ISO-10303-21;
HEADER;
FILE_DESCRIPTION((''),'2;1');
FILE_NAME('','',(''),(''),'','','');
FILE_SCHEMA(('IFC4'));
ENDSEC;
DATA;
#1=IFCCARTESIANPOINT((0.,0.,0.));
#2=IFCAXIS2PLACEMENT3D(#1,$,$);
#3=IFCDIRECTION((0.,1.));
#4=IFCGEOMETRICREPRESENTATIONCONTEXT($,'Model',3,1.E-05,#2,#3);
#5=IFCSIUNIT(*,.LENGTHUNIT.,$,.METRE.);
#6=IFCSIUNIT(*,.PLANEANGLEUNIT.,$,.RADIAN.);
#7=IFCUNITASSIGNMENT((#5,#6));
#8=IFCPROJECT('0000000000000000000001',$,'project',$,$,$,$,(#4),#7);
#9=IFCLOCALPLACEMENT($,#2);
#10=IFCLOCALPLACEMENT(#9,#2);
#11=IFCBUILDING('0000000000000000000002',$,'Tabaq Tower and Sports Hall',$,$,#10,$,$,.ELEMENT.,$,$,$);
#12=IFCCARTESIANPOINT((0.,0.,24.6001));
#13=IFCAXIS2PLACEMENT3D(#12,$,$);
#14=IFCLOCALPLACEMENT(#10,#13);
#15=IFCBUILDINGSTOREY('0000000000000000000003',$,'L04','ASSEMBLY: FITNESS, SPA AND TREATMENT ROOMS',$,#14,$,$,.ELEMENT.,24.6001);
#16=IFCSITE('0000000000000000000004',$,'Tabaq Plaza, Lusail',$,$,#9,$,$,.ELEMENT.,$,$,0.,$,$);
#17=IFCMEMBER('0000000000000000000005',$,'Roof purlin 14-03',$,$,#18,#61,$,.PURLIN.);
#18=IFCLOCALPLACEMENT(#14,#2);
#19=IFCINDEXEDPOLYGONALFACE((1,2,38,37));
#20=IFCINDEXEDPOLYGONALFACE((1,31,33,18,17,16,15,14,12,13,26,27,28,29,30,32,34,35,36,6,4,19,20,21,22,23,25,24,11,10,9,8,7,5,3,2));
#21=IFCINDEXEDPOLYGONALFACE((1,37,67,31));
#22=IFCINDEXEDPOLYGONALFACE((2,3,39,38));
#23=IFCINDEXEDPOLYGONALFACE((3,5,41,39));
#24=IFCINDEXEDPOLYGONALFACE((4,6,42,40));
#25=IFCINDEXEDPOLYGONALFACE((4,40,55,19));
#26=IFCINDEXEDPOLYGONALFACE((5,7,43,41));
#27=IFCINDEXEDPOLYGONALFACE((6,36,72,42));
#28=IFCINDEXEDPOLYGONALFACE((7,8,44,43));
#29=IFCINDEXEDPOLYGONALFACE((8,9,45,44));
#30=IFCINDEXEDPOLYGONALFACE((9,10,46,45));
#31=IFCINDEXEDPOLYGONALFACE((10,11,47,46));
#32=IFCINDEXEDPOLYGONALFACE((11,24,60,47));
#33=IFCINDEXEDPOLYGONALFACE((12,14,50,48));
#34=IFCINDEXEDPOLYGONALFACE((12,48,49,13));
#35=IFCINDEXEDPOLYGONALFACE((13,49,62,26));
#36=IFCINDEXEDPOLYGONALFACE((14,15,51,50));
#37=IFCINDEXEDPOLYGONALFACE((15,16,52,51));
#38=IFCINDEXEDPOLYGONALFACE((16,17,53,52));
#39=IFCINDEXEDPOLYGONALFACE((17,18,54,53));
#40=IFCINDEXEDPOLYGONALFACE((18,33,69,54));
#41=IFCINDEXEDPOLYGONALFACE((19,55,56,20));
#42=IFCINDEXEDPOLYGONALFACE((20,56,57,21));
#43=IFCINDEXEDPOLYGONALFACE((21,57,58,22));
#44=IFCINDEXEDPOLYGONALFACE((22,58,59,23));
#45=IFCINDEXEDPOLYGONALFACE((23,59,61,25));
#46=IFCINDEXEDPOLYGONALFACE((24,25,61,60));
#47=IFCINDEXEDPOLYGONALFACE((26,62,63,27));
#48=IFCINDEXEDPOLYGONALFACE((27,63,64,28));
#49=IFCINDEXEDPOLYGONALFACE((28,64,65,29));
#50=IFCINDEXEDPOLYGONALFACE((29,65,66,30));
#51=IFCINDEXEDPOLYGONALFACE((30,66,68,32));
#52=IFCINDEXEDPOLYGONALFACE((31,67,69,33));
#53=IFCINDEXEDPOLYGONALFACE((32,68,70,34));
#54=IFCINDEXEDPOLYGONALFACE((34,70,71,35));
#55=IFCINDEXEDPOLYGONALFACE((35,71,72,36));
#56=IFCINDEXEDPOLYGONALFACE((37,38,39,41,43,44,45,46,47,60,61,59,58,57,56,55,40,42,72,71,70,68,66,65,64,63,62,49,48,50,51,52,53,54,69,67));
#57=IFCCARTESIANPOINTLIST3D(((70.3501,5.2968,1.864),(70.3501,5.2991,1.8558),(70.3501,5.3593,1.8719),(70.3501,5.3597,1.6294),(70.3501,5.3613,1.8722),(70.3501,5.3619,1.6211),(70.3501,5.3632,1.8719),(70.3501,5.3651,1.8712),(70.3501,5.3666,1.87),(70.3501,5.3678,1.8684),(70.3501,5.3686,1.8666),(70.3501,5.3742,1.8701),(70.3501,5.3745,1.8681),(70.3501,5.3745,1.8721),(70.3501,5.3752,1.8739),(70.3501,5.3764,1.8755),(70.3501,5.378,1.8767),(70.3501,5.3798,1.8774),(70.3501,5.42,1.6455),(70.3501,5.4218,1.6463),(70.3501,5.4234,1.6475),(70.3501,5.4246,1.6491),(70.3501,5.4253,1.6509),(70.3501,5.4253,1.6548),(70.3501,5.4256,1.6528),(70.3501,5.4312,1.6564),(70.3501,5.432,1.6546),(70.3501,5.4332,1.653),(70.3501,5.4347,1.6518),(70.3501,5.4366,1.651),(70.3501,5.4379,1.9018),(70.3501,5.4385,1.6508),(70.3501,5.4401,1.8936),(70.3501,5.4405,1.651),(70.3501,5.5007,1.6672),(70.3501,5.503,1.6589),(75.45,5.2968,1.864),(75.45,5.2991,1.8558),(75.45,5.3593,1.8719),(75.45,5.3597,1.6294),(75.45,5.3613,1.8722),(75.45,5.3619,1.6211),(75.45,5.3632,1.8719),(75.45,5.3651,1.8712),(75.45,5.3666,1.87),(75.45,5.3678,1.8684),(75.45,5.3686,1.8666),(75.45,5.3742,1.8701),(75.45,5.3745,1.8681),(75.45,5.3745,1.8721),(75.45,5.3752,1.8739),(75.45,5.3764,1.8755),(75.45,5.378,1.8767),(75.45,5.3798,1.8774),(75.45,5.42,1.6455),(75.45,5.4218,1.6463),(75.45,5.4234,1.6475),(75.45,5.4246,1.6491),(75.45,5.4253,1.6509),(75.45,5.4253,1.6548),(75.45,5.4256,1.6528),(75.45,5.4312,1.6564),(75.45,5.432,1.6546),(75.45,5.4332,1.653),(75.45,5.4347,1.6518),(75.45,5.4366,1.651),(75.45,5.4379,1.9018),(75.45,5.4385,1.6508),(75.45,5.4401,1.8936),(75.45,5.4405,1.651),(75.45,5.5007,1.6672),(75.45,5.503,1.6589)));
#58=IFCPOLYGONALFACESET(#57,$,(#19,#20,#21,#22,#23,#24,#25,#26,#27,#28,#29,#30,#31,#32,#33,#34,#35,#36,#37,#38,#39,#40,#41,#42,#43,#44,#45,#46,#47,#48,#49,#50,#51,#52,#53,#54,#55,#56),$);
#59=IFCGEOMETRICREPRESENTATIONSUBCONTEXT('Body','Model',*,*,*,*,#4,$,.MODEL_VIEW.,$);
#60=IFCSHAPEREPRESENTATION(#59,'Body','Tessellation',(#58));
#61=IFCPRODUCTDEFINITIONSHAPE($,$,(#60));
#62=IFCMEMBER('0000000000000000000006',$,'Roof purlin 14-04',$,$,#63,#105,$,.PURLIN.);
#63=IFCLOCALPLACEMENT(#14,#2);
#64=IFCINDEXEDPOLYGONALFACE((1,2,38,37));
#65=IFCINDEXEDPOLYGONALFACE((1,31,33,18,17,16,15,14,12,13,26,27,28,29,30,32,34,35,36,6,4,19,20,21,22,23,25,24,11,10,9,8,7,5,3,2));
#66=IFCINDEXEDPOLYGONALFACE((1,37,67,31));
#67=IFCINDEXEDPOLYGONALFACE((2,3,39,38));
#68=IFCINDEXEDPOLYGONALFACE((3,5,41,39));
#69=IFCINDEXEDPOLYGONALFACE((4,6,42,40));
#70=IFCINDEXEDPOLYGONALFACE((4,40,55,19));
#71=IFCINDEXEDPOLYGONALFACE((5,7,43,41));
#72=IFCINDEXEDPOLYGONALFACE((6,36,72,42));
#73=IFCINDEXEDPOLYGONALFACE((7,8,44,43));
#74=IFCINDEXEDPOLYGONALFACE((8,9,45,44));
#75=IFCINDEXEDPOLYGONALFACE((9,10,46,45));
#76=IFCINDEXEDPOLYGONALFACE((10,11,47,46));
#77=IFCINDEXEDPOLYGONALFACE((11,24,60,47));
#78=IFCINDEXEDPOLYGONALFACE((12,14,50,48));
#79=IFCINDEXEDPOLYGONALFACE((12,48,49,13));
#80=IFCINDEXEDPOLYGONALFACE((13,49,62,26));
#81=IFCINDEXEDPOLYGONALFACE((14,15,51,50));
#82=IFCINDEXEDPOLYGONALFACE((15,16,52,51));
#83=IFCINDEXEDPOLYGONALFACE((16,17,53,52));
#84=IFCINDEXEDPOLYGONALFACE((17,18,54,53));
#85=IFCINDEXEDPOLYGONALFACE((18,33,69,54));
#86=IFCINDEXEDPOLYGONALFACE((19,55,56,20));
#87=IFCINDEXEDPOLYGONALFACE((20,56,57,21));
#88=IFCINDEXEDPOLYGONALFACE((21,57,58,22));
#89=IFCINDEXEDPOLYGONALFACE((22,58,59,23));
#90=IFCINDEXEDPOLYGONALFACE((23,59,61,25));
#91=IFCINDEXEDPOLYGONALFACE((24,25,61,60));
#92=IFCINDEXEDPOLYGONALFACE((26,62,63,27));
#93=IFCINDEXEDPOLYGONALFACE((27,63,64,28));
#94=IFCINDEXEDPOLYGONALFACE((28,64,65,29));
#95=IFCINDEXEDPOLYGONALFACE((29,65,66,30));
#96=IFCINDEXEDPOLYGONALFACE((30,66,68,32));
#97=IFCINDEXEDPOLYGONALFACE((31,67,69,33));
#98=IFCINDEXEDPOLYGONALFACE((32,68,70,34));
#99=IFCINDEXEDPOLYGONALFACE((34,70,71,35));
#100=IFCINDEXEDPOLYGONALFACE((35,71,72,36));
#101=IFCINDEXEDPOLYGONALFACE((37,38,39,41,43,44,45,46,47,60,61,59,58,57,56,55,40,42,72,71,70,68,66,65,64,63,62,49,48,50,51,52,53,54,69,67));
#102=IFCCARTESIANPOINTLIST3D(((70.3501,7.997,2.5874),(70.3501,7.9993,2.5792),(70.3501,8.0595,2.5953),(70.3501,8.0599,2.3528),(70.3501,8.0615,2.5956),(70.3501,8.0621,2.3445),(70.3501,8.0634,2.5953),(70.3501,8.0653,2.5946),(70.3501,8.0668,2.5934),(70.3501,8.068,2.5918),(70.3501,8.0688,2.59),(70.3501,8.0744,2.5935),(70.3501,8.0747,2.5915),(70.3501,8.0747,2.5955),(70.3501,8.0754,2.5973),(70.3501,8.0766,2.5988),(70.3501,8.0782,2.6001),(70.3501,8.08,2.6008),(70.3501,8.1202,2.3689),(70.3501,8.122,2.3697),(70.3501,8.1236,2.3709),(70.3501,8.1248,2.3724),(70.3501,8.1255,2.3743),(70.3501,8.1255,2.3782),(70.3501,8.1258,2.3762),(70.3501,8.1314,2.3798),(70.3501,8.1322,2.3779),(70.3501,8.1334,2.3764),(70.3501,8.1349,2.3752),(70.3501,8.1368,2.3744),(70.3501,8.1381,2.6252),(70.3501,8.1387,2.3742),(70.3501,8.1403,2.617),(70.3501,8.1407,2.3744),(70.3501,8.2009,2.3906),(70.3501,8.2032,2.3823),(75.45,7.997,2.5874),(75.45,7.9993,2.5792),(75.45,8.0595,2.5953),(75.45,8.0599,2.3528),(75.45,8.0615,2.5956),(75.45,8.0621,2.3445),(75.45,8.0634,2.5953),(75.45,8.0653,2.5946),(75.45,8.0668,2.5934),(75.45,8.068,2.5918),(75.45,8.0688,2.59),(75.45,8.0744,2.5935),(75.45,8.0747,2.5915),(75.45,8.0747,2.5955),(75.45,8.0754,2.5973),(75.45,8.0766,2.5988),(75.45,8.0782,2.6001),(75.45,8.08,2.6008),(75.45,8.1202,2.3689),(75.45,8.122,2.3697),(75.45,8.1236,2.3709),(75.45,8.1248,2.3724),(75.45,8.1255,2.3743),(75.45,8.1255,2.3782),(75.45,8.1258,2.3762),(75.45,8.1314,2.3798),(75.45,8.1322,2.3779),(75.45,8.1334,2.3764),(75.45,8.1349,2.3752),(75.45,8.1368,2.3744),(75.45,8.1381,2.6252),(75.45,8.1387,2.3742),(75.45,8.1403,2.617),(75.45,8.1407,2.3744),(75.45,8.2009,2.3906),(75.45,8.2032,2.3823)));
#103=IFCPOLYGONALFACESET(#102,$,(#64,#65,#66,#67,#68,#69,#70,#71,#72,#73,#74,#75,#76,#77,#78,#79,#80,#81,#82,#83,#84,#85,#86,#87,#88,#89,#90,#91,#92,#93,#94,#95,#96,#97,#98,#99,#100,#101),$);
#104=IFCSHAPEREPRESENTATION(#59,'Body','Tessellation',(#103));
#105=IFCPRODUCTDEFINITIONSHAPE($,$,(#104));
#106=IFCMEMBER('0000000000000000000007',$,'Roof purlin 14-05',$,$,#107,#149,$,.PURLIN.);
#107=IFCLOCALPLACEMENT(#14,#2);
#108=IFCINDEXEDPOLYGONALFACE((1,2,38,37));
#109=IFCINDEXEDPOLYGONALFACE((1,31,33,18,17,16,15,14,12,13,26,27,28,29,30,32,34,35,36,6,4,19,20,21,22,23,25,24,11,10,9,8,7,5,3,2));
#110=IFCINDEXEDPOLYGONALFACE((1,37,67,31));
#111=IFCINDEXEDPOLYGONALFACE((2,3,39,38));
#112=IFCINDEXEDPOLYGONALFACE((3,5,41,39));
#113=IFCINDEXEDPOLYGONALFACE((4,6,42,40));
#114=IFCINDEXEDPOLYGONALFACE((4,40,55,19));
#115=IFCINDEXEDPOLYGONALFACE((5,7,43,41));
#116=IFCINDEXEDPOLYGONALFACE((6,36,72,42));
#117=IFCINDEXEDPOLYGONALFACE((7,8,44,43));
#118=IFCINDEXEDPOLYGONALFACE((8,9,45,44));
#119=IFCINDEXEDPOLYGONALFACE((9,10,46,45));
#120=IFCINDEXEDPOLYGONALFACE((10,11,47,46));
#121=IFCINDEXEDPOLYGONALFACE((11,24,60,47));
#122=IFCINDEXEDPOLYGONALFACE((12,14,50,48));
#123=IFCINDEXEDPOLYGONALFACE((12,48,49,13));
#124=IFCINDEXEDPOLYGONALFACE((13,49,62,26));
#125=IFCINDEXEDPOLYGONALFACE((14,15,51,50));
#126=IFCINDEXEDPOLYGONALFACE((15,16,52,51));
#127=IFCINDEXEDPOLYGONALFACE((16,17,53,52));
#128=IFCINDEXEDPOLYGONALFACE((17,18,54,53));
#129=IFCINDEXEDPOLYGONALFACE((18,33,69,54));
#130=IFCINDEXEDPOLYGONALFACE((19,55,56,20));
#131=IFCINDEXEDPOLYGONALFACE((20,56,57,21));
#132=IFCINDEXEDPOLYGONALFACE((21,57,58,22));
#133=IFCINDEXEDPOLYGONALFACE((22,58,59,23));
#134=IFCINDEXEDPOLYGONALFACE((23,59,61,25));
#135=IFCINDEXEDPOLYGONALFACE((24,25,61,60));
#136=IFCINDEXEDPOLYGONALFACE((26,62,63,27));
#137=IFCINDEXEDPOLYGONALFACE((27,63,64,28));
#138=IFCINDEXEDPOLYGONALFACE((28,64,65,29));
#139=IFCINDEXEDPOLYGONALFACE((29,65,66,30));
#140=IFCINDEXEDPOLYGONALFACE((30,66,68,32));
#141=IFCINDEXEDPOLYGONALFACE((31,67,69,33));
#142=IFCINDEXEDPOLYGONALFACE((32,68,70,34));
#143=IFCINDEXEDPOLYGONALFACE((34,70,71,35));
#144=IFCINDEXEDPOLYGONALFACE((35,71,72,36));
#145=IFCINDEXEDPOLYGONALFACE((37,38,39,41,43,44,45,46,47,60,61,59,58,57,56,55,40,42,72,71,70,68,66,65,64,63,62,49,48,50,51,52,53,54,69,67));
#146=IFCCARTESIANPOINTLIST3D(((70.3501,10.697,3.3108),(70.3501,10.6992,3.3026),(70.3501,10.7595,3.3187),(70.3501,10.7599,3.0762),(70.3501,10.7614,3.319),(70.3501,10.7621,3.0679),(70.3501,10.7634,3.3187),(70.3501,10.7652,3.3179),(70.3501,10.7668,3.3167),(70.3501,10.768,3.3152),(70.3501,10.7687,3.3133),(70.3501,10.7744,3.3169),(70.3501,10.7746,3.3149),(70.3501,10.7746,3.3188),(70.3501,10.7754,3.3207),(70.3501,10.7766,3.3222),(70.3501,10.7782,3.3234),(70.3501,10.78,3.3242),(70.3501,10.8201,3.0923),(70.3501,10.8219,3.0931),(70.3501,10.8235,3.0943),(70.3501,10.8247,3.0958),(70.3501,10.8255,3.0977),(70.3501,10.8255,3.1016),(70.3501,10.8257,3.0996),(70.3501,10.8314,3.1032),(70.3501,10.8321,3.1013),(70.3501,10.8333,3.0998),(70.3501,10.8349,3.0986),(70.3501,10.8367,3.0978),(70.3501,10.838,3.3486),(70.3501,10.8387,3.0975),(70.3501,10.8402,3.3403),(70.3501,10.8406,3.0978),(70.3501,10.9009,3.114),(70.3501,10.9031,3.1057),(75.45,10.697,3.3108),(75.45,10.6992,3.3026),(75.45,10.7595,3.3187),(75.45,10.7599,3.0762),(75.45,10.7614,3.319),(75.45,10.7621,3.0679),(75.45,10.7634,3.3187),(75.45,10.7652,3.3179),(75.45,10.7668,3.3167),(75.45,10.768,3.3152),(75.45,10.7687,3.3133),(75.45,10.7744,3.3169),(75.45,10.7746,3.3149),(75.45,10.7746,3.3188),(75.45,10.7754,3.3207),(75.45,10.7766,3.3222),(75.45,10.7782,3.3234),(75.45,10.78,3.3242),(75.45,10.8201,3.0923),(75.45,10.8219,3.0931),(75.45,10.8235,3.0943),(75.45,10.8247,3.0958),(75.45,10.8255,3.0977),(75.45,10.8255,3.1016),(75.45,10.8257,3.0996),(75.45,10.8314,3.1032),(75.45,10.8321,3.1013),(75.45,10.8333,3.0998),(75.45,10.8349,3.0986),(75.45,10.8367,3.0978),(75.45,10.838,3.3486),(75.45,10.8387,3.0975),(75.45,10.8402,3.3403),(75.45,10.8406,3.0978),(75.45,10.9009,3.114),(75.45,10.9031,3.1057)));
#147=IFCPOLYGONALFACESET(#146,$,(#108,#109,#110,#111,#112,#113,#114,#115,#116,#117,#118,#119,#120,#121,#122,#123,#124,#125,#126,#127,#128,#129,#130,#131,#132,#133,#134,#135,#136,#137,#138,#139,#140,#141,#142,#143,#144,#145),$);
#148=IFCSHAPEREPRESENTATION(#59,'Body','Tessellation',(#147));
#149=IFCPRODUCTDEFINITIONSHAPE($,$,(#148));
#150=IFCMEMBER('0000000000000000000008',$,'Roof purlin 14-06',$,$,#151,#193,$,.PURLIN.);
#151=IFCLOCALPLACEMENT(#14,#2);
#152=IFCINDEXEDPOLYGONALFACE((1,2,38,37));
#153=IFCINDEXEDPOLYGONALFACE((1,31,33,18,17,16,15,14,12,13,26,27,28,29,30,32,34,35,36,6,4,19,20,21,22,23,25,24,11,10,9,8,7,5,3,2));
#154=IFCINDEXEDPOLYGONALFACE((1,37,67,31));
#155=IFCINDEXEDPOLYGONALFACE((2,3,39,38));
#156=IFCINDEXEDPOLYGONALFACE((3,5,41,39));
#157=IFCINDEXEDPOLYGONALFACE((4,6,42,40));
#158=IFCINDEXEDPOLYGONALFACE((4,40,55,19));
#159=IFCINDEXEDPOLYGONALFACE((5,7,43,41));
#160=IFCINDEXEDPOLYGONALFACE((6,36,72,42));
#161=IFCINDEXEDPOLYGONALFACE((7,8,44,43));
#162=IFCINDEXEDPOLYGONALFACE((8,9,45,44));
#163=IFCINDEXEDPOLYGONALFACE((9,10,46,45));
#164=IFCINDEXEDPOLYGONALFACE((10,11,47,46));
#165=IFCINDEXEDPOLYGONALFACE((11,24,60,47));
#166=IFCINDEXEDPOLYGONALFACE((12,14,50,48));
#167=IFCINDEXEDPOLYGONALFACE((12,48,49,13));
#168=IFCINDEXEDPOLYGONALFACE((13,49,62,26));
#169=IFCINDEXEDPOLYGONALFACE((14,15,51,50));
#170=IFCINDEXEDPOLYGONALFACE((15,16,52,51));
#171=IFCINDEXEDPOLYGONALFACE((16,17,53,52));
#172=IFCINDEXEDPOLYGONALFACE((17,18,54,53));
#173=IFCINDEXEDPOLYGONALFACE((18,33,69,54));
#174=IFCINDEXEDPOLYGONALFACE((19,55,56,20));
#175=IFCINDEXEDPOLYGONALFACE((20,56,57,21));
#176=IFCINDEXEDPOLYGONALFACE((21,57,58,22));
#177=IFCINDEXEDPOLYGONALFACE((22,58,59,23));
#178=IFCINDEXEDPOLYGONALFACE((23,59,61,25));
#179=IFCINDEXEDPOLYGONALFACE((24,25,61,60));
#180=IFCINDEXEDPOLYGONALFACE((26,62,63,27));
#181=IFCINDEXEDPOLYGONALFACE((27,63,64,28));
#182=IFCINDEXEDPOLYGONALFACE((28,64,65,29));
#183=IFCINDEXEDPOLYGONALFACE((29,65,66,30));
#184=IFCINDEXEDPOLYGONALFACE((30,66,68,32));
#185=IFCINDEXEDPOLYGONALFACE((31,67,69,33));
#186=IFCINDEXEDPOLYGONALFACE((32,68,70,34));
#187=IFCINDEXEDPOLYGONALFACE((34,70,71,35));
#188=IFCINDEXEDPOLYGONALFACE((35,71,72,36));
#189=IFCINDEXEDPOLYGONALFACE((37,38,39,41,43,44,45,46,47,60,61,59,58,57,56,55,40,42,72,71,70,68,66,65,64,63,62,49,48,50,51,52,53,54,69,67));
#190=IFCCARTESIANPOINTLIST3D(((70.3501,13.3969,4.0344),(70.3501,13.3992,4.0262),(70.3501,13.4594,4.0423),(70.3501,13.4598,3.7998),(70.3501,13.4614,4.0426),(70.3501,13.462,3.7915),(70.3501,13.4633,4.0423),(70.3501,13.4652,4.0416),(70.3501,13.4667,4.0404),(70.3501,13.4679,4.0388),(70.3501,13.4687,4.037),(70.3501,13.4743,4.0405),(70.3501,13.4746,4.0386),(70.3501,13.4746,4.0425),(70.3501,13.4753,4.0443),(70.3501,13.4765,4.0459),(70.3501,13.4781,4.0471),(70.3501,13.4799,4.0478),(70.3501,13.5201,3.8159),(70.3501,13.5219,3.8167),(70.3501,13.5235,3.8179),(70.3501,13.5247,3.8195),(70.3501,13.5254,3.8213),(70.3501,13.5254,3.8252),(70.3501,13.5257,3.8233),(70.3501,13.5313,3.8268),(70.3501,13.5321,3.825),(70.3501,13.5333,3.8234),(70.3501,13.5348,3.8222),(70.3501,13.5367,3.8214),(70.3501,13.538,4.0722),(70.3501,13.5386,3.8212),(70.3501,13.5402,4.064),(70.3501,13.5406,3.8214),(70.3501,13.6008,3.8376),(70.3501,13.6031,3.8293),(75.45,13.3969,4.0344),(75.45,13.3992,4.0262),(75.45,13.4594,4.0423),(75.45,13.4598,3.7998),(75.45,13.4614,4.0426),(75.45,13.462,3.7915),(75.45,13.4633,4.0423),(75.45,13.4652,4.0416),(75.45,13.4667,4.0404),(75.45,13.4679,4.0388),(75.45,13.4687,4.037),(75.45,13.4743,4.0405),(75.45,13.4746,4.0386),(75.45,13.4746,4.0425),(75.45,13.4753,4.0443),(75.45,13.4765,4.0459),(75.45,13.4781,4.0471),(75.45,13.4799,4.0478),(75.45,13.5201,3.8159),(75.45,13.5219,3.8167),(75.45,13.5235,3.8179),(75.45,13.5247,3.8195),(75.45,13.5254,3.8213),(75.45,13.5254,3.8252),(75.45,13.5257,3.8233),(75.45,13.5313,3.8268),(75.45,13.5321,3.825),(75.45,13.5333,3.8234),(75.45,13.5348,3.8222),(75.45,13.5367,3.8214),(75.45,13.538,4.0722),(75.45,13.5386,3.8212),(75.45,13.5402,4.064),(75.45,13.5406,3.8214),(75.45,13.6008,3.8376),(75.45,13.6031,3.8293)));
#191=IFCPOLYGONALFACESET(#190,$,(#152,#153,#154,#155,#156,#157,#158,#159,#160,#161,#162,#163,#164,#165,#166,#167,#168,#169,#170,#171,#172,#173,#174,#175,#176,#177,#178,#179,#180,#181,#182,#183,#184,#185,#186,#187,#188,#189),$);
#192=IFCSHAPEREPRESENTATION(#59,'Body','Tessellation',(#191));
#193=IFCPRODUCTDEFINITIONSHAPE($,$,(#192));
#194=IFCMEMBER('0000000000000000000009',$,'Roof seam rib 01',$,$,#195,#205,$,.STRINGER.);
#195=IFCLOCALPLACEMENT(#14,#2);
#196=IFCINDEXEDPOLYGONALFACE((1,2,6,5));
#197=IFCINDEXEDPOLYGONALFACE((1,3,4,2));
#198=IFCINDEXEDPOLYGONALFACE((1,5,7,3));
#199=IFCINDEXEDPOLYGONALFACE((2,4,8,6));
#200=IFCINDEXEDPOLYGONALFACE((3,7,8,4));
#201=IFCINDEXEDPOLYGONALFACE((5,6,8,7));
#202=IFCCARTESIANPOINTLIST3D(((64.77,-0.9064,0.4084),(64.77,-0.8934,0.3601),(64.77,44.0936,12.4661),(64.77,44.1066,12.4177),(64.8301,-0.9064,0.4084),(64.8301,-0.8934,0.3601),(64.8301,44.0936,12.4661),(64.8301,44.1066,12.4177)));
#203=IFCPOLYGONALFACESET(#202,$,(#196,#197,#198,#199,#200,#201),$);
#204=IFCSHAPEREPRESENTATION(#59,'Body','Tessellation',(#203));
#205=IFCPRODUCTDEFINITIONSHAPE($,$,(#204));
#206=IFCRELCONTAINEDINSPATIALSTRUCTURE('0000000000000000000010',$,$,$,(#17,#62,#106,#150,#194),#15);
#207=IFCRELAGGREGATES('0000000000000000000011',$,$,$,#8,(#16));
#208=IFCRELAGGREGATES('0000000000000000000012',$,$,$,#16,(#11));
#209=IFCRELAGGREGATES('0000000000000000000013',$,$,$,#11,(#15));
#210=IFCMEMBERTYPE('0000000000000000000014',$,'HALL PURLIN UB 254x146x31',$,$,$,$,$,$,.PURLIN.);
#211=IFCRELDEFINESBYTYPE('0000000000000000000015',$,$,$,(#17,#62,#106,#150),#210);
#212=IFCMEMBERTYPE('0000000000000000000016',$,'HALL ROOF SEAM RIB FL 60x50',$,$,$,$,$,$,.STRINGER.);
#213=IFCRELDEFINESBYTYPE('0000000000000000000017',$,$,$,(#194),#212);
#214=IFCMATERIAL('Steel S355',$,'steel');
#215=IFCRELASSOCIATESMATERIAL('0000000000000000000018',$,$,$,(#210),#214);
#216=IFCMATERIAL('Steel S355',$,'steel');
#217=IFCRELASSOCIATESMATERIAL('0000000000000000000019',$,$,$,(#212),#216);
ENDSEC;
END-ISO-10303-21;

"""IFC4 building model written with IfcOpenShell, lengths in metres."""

from ifc_helpers import new_model, si_unit, direction, frame, origin, origin_2d, place, context, subcontext, project, spatial, rectangle, i_section, extrude, material, material_profile, profile_set, type_object, element, save


model = new_model("IFC4")

# Units and contexts
model_context = context("Model", 3, precision=1e-05, world=origin(), true_north=direction((0.0, 1.0)))
body_context = subcontext(model_context, "Body", "Model", "MODEL_VIEW")
ifc_project = project(units=[si_unit("LENGTHUNIT", "METRE"), si_unit("PLANEANGLEUNIT", "RADIAN")], contexts=[model_context])

# Site, building, storey
site_placement = place(None, origin())
site = spatial("IfcSite", under=ifc_project, at=site_placement, Name="Tabaq Plaza, Lusail", CompositionType="ELEMENT", RefElevation=0.0)
building_placement = place(site_placement, origin())
building = spatial("IfcBuilding", under=site, at=building_placement, Name="Tabaq Tower and Sports Hall", CompositionType="ELEMENT")
storey_placement = place(building_placement, frame((0.0, 0.0, 24.6001)))
storey = spatial("IfcBuildingStorey", under=building, at=storey_placement, Name="L04", Description="ASSEMBLY: FITNESS, SPA AND TREATMENT ROOMS", CompositionType="ELEMENT", Elevation=24.6001)

# Members
ifc_material_1 = material(Name="Steel S355", Category="steel")
ifc_material_profile_1 = material_profile(ifc_material_1, i_section(OverallWidth=0.146, OverallDepth=0.2515, WebThickness=0.0061, FlangeThickness=0.0085, FilletRadius=0.0076, at=origin_2d()), Name="UB 254x146x31")
ifc_profile_set_1 = profile_set([ifc_material_profile_1], Name="Steel S355")
member_type_1 = type_object("IfcMemberType", Name="HALL PURLIN UB 254x146x31", PredefinedType="PURLIN", material=ifc_profile_set_1)
for number, where, z_axis, x_axis, name in (
    (1, (70.3501, 5.3999, 1.7615), (1.0, 0.0, 0.0), (0.0, 0.965926, 0.258819), "Roof purlin 14-03"),
    (2, (70.3501, 8.1001, 2.4849), (1.0, 0.0, 0.0), (0.0, 0.965926, 0.258819), "Roof purlin 14-04"),
    (3, (70.3501, 10.8, 3.2083), (1.0, 0.0, 0.0), (0.0, 0.965926, 0.258819), "Roof purlin 14-05"),
    (4, (70.3501, 13.5, 3.9319), (1.0, 0.0, 0.0), (0.0, 0.965926, 0.258819), "Roof purlin 14-06"),
):
    element("IfcMember", number, at=place(storey_placement, frame(where, z_axis=z_axis, x_axis=x_axis)), inside=storey, type_object=member_type_1, Name=name, PredefinedType="PURLIN", context=body_context, shape_type="SweptSolid", body=[
        extrude(i_section(OverallWidth=0.146, OverallDepth=0.2515, WebThickness=0.0061, FlangeThickness=0.0085, FilletRadius=0.0076, at=origin_2d()), origin(), (0.0, 0.0, 1.0), 5.0999),
    ])
ifc_material_2 = material(Name="Steel S355", Category="steel")
ifc_material_profile_2 = material_profile(ifc_material_2, rectangle(XDim=0.0601, YDim=0.05, at=origin_2d()), Name="FL 60x50")
ifc_profile_set_2 = profile_set([ifc_material_profile_2], Name="Steel S355")
member_type_2 = type_object("IfcMemberType", Name="HALL ROOF SEAM RIB FL 60x50", PredefinedType="STRINGER", material=ifc_profile_set_2)
for number, where, z_axis, x_axis, name in (
    (5, (64.8, -0.8999, 0.3843), (0.0, 0.965926, 0.258817), (-1.0, 0.0, 0.0), "Roof seam rib 01"),
):
    element("IfcMember", number, at=place(storey_placement, frame(where, z_axis=z_axis, x_axis=x_axis)), inside=storey, type_object=member_type_2, Name=name, PredefinedType="STRINGER", context=body_context, shape_type="SweptSolid", body=[
        extrude(rectangle(XDim=0.0601, YDim=0.05, at=origin_2d()), origin(), (0.0, 0.0, 1.0), 46.5874),
    ])

save(model, "model.ifc")
